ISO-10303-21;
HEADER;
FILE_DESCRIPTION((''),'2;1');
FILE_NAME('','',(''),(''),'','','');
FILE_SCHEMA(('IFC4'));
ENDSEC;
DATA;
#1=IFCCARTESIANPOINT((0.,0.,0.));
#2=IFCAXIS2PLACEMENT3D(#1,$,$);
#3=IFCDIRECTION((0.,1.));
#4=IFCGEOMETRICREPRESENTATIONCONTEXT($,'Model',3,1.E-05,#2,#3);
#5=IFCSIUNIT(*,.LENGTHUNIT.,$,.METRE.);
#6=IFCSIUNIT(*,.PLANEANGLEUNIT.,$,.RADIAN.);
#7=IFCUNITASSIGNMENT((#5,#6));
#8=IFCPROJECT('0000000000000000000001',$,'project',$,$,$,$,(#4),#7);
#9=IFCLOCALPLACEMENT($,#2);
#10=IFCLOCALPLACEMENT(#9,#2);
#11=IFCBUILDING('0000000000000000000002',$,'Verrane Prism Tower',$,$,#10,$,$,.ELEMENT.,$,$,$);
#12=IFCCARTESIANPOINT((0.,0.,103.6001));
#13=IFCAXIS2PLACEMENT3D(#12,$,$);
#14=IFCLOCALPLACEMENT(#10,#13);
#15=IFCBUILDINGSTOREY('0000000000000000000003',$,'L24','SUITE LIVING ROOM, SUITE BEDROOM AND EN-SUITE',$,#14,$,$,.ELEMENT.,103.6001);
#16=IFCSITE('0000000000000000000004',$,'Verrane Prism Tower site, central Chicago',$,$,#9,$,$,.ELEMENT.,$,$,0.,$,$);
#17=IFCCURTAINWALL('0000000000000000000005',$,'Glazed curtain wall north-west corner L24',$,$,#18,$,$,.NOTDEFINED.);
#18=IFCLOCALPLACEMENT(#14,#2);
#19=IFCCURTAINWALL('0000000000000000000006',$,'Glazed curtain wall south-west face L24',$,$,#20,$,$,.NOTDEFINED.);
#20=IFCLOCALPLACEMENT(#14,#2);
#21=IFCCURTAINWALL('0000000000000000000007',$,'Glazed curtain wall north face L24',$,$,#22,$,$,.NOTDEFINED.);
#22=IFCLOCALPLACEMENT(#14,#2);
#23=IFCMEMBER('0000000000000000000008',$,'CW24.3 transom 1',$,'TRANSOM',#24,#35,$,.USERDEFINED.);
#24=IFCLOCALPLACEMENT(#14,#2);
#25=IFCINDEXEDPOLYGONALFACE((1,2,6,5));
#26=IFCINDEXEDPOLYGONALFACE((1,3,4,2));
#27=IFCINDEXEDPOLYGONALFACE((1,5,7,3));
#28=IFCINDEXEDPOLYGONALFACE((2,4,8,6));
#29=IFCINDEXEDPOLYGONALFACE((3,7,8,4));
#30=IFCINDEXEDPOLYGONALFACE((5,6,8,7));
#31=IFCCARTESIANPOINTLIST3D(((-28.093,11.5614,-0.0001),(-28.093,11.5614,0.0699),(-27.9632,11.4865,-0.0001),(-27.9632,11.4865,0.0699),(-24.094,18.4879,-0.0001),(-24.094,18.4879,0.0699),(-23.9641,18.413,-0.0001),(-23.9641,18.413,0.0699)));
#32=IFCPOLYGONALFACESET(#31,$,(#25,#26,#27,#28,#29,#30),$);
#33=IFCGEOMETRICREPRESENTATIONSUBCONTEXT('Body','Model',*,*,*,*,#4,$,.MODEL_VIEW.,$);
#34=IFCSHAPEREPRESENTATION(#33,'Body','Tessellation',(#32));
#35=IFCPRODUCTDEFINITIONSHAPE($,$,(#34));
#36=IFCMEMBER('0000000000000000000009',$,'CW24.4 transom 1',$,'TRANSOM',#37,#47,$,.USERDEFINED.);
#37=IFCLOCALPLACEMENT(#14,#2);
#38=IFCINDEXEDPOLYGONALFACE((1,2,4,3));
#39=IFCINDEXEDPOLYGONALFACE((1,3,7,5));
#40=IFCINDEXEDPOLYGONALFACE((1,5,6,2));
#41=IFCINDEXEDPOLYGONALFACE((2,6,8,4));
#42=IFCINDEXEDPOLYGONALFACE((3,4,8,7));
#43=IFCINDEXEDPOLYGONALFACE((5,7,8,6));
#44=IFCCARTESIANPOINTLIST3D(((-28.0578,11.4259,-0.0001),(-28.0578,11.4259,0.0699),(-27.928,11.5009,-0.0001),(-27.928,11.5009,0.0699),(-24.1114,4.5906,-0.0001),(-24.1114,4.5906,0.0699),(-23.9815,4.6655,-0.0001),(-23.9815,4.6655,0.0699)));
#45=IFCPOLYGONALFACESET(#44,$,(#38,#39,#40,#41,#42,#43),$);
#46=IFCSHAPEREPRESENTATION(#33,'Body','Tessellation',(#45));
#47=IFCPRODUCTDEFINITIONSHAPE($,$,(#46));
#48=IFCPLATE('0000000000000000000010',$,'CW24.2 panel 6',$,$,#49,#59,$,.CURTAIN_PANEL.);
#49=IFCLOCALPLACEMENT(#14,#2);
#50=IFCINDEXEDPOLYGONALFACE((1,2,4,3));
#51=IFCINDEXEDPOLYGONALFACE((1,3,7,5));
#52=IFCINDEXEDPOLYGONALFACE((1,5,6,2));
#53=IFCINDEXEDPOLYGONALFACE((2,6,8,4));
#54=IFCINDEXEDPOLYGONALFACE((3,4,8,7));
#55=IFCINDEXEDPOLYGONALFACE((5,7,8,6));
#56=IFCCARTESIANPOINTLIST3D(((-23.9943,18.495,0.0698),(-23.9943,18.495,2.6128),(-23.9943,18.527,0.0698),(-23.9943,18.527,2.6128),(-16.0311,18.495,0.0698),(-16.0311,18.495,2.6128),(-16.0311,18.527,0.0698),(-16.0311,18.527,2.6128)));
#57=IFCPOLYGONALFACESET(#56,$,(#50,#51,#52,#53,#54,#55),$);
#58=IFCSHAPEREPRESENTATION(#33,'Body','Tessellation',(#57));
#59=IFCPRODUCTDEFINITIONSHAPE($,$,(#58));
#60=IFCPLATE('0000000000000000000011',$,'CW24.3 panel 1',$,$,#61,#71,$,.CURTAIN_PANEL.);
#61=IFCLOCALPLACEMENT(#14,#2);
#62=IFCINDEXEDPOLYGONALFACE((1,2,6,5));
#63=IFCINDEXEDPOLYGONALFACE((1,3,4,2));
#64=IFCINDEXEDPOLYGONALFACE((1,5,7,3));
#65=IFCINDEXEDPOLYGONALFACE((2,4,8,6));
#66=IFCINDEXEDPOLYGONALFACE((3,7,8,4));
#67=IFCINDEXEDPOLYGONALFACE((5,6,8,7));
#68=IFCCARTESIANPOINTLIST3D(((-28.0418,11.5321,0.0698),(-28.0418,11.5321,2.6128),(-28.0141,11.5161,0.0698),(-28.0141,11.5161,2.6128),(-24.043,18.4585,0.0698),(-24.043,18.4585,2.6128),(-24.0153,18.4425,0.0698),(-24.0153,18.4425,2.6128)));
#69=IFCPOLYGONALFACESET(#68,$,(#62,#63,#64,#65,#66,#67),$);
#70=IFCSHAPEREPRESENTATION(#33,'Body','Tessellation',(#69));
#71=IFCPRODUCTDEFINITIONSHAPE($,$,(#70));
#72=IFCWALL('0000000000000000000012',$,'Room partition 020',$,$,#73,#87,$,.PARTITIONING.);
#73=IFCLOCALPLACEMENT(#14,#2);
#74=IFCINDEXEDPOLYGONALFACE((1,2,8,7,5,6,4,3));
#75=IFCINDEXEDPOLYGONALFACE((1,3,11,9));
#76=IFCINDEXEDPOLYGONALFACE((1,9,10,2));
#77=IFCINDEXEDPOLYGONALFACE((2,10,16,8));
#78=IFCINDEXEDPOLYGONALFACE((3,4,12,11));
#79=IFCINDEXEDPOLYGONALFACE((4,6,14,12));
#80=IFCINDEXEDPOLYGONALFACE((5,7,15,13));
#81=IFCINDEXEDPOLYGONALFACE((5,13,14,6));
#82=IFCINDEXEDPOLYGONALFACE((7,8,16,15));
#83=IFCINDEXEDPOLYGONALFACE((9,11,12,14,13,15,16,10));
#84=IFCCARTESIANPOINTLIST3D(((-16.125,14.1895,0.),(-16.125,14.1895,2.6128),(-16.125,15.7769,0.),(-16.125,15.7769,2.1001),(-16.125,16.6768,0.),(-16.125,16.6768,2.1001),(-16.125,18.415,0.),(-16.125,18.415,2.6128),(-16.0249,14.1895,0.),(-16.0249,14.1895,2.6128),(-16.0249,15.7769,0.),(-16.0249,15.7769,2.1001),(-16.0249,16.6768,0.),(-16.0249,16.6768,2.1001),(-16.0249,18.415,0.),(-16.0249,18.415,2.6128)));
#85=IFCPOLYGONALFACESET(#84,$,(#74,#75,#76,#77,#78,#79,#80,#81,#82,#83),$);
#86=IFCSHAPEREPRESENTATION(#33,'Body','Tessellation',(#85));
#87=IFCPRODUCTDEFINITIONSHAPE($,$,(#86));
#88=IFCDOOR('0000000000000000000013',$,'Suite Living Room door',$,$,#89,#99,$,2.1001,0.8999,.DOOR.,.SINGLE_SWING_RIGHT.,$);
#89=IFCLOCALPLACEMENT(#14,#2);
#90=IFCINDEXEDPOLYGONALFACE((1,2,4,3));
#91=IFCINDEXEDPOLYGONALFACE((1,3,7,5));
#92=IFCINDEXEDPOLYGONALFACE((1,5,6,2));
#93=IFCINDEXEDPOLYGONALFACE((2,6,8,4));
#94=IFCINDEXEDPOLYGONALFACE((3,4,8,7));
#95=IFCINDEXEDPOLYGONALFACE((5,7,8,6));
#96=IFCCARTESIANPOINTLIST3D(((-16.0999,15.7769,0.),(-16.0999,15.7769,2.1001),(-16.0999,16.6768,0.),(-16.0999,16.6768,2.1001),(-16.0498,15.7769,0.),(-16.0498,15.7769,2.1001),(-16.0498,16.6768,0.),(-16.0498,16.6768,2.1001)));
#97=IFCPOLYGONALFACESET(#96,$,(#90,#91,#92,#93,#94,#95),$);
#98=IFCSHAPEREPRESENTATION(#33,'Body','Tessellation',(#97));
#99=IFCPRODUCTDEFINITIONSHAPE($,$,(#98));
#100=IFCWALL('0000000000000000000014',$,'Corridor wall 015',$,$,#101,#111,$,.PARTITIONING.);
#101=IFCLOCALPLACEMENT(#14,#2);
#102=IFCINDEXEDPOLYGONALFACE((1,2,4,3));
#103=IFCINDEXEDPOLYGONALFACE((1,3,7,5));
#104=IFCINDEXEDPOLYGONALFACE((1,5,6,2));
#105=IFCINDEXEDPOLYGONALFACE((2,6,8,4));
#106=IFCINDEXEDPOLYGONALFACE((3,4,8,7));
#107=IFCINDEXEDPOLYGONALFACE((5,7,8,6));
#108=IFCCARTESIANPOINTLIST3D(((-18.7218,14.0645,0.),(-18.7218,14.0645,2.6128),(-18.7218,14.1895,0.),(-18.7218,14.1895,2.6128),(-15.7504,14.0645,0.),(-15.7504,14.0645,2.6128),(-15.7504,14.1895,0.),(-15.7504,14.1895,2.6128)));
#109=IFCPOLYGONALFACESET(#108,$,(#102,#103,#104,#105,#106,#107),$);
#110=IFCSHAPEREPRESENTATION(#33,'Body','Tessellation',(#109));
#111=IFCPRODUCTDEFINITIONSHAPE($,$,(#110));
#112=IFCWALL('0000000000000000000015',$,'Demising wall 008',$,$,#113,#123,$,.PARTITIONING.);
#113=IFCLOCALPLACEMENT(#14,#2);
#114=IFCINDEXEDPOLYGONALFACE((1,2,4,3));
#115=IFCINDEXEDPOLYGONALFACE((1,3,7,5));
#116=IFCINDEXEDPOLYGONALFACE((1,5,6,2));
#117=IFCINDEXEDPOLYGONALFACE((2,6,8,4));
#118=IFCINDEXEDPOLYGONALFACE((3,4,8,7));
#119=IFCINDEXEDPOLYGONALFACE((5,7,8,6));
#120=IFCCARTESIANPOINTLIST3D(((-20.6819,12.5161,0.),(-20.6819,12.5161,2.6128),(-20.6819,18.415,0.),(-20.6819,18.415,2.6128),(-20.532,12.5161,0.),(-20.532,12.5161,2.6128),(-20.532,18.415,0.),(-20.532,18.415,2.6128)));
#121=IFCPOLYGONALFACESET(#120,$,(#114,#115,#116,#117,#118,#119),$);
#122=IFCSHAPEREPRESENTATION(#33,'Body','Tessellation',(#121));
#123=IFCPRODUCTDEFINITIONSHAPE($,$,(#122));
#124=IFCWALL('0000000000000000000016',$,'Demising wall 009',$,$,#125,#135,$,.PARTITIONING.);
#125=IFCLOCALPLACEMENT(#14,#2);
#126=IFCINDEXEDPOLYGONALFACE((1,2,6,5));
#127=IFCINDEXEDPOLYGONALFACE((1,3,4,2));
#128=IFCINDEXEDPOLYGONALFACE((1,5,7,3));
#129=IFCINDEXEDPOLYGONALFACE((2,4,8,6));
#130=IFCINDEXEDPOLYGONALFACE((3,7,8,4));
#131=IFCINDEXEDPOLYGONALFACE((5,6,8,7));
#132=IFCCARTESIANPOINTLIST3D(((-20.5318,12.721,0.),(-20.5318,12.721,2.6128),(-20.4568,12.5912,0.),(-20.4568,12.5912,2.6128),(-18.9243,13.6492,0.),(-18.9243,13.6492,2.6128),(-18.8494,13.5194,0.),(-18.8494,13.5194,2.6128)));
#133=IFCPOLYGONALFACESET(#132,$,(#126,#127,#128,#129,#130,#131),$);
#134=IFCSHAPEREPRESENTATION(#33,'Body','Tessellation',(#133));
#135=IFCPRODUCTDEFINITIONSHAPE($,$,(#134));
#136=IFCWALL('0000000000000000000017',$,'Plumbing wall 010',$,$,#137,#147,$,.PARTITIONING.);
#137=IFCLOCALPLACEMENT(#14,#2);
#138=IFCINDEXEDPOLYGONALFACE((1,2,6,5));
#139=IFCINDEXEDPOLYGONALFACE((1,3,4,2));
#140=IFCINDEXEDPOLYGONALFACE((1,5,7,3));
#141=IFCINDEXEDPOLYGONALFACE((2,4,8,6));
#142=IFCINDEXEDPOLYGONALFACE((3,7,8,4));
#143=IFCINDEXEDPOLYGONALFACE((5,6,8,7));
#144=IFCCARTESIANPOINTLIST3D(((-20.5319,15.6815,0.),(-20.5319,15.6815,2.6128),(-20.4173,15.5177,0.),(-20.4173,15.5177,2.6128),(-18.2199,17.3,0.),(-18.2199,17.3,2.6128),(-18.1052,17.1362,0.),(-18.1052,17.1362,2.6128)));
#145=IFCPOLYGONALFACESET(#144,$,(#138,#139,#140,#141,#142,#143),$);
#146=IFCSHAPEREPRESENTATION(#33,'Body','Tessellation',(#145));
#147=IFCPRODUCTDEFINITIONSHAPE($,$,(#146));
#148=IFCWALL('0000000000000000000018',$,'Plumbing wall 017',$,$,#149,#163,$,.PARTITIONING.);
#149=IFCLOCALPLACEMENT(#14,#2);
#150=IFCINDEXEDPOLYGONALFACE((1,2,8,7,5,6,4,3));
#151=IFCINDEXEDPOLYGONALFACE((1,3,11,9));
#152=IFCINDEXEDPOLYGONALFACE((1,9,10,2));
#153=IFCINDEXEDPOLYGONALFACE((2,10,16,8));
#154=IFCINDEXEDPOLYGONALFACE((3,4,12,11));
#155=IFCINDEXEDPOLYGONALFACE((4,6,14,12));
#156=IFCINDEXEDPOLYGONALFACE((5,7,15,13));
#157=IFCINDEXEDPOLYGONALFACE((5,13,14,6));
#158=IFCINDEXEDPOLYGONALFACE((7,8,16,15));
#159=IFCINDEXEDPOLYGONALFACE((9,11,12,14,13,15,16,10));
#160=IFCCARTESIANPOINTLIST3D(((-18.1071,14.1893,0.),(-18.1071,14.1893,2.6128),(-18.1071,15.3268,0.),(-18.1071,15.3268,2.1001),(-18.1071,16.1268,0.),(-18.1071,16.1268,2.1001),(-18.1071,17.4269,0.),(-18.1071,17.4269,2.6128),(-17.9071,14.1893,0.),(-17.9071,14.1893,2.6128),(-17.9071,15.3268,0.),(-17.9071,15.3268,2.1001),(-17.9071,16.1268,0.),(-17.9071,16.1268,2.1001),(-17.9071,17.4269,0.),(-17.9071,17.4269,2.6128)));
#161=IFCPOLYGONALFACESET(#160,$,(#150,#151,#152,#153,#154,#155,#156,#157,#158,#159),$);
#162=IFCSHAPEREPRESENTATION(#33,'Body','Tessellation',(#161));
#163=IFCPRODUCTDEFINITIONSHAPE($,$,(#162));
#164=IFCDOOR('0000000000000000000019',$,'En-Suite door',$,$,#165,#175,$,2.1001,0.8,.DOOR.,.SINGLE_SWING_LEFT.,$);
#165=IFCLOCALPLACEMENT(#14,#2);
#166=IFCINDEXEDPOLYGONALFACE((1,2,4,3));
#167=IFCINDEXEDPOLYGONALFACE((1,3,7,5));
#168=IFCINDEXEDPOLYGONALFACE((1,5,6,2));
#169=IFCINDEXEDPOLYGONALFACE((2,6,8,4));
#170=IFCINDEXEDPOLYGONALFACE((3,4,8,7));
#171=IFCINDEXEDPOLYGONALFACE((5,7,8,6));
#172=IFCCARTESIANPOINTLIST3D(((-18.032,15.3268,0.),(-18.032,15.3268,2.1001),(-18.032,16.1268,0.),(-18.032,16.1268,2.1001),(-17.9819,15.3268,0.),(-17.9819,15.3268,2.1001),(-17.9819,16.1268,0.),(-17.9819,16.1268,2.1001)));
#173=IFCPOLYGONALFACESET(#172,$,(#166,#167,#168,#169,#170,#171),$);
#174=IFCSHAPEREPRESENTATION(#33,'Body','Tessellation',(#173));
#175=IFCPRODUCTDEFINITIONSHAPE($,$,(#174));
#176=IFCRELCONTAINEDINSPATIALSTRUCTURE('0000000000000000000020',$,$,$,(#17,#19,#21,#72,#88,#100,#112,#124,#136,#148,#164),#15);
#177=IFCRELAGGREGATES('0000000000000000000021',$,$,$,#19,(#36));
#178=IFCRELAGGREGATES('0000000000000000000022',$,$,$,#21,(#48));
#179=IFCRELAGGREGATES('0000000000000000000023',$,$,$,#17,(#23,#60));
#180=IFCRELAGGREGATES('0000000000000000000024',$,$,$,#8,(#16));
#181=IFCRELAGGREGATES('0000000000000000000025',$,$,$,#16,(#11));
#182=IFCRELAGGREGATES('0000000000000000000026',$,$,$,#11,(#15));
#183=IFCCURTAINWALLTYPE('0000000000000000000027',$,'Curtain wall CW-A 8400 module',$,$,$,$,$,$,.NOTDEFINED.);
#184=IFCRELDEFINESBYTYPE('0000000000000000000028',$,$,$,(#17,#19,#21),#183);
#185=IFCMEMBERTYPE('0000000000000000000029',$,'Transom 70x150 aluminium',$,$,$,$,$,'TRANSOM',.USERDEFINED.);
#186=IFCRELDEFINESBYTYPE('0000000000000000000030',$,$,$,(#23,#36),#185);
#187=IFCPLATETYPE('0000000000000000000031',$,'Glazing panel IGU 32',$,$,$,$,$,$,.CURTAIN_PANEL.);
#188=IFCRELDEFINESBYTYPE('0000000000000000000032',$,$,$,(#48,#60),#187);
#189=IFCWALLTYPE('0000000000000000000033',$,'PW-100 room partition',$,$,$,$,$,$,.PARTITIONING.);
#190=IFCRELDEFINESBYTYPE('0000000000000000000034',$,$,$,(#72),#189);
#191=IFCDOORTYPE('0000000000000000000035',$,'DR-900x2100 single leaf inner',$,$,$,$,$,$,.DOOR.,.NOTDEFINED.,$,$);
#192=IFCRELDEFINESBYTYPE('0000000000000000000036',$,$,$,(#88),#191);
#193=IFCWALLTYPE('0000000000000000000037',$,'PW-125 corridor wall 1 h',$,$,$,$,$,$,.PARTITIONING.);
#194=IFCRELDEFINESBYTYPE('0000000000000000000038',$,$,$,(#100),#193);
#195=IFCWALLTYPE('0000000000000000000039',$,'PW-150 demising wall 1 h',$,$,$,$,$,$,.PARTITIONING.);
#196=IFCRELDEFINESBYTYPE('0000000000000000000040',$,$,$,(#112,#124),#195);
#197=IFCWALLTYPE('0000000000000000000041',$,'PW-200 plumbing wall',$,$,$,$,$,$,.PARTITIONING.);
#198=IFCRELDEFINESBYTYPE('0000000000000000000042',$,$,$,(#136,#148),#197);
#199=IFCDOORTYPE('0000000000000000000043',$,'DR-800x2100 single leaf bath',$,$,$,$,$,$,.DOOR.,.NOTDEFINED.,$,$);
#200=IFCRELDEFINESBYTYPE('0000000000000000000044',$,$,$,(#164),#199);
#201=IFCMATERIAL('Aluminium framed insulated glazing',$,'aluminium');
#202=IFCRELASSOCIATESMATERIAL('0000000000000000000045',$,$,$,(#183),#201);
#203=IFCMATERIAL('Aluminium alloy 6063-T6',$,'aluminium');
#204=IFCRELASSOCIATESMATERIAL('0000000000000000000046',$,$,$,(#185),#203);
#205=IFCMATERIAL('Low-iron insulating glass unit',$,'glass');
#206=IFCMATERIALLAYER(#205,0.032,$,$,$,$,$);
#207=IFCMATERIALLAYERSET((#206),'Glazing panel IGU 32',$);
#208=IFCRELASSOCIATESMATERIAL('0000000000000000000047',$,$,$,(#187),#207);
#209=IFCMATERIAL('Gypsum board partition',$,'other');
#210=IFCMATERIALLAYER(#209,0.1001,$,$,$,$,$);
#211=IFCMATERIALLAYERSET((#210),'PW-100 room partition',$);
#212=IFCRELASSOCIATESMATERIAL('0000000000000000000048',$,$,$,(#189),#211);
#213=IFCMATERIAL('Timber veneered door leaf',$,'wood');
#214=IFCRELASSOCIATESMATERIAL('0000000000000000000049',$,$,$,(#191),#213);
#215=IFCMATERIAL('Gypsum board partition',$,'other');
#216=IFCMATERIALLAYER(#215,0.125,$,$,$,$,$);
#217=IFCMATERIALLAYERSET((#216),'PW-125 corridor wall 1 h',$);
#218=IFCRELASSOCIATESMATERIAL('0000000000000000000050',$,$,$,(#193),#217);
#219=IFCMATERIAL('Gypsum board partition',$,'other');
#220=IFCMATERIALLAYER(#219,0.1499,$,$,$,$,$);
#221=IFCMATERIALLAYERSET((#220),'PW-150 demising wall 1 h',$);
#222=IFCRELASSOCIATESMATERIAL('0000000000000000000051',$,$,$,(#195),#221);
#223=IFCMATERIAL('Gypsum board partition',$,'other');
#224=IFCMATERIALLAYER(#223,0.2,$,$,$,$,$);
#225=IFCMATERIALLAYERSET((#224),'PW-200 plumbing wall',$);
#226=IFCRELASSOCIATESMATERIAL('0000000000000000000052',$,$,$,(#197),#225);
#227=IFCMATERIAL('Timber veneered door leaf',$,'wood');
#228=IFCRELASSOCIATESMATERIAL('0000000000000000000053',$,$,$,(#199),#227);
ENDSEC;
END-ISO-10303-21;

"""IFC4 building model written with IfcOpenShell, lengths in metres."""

from ifc_helpers import new_model, si_unit, direction, frame, frame_2d, origin, origin_2d, place, context, subcontext, project, spatial, rectangle, extrude, material, layer, layer_set, material_profile, profile_set, type_object, element, fill, aggregate, save


model = new_model("IFC4")

# Units and contexts
model_context = context("Model", 3, precision=1e-05, world=origin(), true_north=direction((0.0, 1.0)))
body_context = subcontext(model_context, "Body", "Model", "MODEL_VIEW")
ifc_project = project(units=[si_unit("LENGTHUNIT", "METRE"), si_unit("PLANEANGLEUNIT", "RADIAN")], contexts=[model_context])

# Site, building, storey
site_placement = place(None, origin())
site = spatial("IfcSite", under=ifc_project, at=site_placement, Name="Verrane Prism Tower site, central Chicago", CompositionType="ELEMENT", RefElevation=0.0)
building_placement = place(site_placement, origin())
building = spatial("IfcBuilding", under=site, at=building_placement, Name="Verrane Prism Tower", CompositionType="ELEMENT")
storey_placement = place(building_placement, frame((0.0, 0.0, 103.6001)))
storey = spatial("IfcBuildingStorey", under=building, at=storey_placement, Name="L24", Description="SUITE LIVING ROOM, SUITE BEDROOM AND EN-SUITE", CompositionType="ELEMENT", Elevation=103.6001)

# Curtain walls
ifc_material_1 = material(Name="Aluminium framed insulated glazing", Category="aluminium")
curtain_wall_type = type_object("IfcCurtainWallType", Name="Curtain wall CW-A 8400 module", PredefinedType="NOTDEFINED", material=ifc_material_1)
curtain_wall_1_placement = place(storey_placement, origin())
curtain_wall_1 = element("IfcCurtainWall", 1, at=curtain_wall_1_placement, inside=storey, type_object=curtain_wall_type, Name="Glazed curtain wall north-west corner L24", PredefinedType="NOTDEFINED")
curtain_wall_2_placement = place(storey_placement, origin())
curtain_wall_2 = element("IfcCurtainWall", 2, at=curtain_wall_2_placement, inside=storey, type_object=curtain_wall_type, Name="Glazed curtain wall south-west face L24", PredefinedType="NOTDEFINED")

# Curtain wall
curtain_wall_3_placement = place(storey_placement, origin())
curtain_wall_3 = element("IfcCurtainWall", 3, at=curtain_wall_3_placement, inside=storey, type_object=curtain_wall_type, Name="Glazed curtain wall north face L24", PredefinedType="NOTDEFINED")
ifc_material_2 = material(Name="Aluminium alloy 6063-T6", Category="aluminium")
ifc_material_profile_1 = material_profile(ifc_material_2, rectangle(XDim=0.1499, YDim=0.0701, at=origin_2d()), Name="Transom 70x150 aluminium")
ifc_profile_set_1 = profile_set([ifc_material_profile_1], Name="Aluminium alloy 6063-T6")
member_type_1 = type_object("IfcMemberType", Name="Transom 70x150 aluminium", ElementType="TRANSOM", PredefinedType="USERDEFINED", material=ifc_profile_set_1)

# Members
member_1_placement = place(storey_placement, frame((-24.0291, 18.4504, 0.0349), z_axis=(-0.5, -0.866025, 0.0), x_axis=(0.866025, -0.5, 0.0)))
member_1 = element("IfcMember", 4, at=member_1_placement, type_object=member_type_1, Name="CW24.3 transom 1", ObjectType="TRANSOM", PredefinedType="USERDEFINED", context=body_context, shape_type="SweptSolid", body=[
    extrude(rectangle(XDim=0.1499, YDim=0.0701, at=origin_2d()), origin(), (0.0, 0.0, 1.0), 7.998),
])
member_2_placement = place(storey_placement, frame((-27.9929, 11.4634, 0.0349), z_axis=(0.500008, -0.866021, 0.0), x_axis=(0.866021, 0.500008, 0.0)))
member_2 = element("IfcMember", 5, at=member_2_placement, type_object=member_type_1, Name="CW24.4 transom 1", ObjectType="TRANSOM", PredefinedType="USERDEFINED", context=body_context, shape_type="SweptSolid", body=[
    extrude(rectangle(XDim=0.1499, YDim=0.0701, at=origin_2d()), origin(), (0.0, 0.0, 1.0), 7.8928),
])
aggregate(curtain_wall_2, [member_2])

# Plates
ifc_material_3 = material(Name="Low-iron insulating glass unit", Category="glass")
ifc_layer_1 = layer(ifc_material_3, 0.032)
ifc_layer_set_1 = layer_set([ifc_layer_1], Name="Glazing panel IGU 32")
plate_type = type_object("IfcPlateType", Name="Glazing panel IGU 32", PredefinedType="CURTAIN_PANEL", material=ifc_layer_set_1)
plate_1_placement = place(storey_placement, frame((-20.0127, 18.511, 0.0698), z_axis=(0.0, 0.0, 1.0), x_axis=(-1.0, 0.0, 0.0)))
plate_1 = element("IfcPlate", 6, at=plate_1_placement, type_object=plate_type, Name="CW24.2 panel 6", PredefinedType="CURTAIN_PANEL", context=body_context, shape_type="SweptSolid", body=[
    extrude(rectangle(XDim=7.9631, YDim=0.032, at=origin_2d()), origin(), (0.0, 0.0, 1.0), 2.543),
])
aggregate(curtain_wall_3, [plate_1])
plate_2_placement = place(storey_placement, frame((-26.0286, 14.9873, 0.0698), z_axis=(0.0, 0.0, 1.0), x_axis=(-0.499996, -0.866028, 0.0)))
plate_2 = element("IfcPlate", 7, at=plate_2_placement, type_object=plate_type, Name="CW24.3 panel 1", PredefinedType="CURTAIN_PANEL", context=body_context, shape_type="SweptSolid", body=[
    extrude(rectangle(XDim=7.9978, YDim=0.032, at=origin_2d()), origin(), (0.0, 0.0, 1.0), 2.543),
])
aggregate(curtain_wall_1, [member_1, plate_2])

# Wall, opening, door
ifc_material_4 = material(Name="Gypsum board partition", Category="other")
ifc_layer_2 = layer(ifc_material_4, 0.1001)
ifc_layer_set_2 = layer_set([ifc_layer_2], Name="PW-100 room partition")
wall_type_1 = type_object("IfcWallType", Name="PW-100 room partition", PredefinedType="PARTITIONING", material=ifc_layer_set_2)
wall_1_placement = place(storey_placement, frame((-16.075, 14.1895, 0.0), z_axis=(0.0, 0.0, 1.0), x_axis=(0.0, 1.0, 0.0)))
wall_1 = element("IfcWall", 8, at=wall_1_placement, inside=storey, type_object=wall_type_1, Name="Room partition 020", PredefinedType="PARTITIONING", context=body_context, shape_type="SweptSolid", body=[
    extrude(rectangle(XDim=4.2256, YDim=0.1001, at=frame_2d((2.1128, 0.0))), origin(), (0.0, 0.0, 1.0), 2.6128),
])
opening_1_placement = place(wall_1_placement, frame((1.5874, 0.0, 0.0)))
opening_1 = element("IfcOpeningElement", 9, at=opening_1_placement, cuts=wall_1, PredefinedType="OPENING", context=body_context, shape_type="SweptSolid", body=[
    extrude(rectangle(XDim=0.8999, YDim=2.1001, at=frame_2d((0.45, 1.05))), frame((0.0, 0.0601, 0.0), z_axis=(0.0, -1.0, 0.0), x_axis=(1.0, 0.0, 0.0)), (0.0, 0.0, 1.0), 0.1201),
])
ifc_material_5 = material(Name="Timber veneered door leaf", Category="wood")
door_type_1 = type_object("IfcDoorType", Name="DR-900x2100 single leaf inner", OperationType="NOTDEFINED", PredefinedType="DOOR", material=ifc_material_5)
door_1_placement = place(opening_1_placement, origin())
door_1 = element("IfcDoor", 10, at=door_1_placement, inside=storey, type_object=door_type_1, Name="Suite Living Room door", OperationType="SINGLE_SWING_RIGHT", OverallHeight=2.1001, OverallWidth=0.8999, PredefinedType="DOOR", context=body_context, shape_type="SweptSolid", body=[
    extrude(rectangle(XDim=0.8999, YDim=2.1001, at=frame_2d((0.45, 1.05))), frame((0.0, 0.0249, 0.0), z_axis=(0.0, -1.0, 0.0), x_axis=(1.0, 0.0, 0.0)), (0.0, 0.0, 1.0), 0.05),
])
fill(opening_1, door_1)

# Walls
ifc_material_6 = material(Name="Gypsum board partition", Category="other")
ifc_layer_3 = layer(ifc_material_6, 0.125)
ifc_layer_set_3 = layer_set([ifc_layer_3], Name="PW-125 corridor wall 1 h")
wall_type_2 = type_object("IfcWallType", Name="PW-125 corridor wall 1 h", PredefinedType="PARTITIONING", material=ifc_layer_set_3)
wall_2_placement = place(storey_placement, frame((-18.7219, 14.127, 0.0), z_axis=(0.0, 0.0, 1.0), x_axis=(1.0, 0.0, 0.0)))
element("IfcWall", 11, at=wall_2_placement, inside=storey, type_object=wall_type_2, Name="Corridor wall 015", PredefinedType="PARTITIONING", context=body_context, shape_type="SweptSolid", body=[
    extrude(rectangle(XDim=2.9714, YDim=0.125, at=frame_2d((1.4858, 0.0))), origin(), (0.0, 0.0, 1.0), 2.6128),
])
ifc_material_7 = material(Name="Gypsum board partition", Category="other")
ifc_layer_4 = layer(ifc_material_7, 0.1499)
ifc_layer_set_4 = layer_set([ifc_layer_4], Name="PW-150 demising wall 1 h")
wall_type_3 = type_object("IfcWallType", Name="PW-150 demising wall 1 h", PredefinedType="PARTITIONING", material=ifc_layer_set_4)
wall_3_placement = place(storey_placement, frame((-20.6069, 12.5161, 0.0), z_axis=(0.0, 0.0, 1.0), x_axis=(0.0, 1.0, 0.0)))
element("IfcWall", 12, at=wall_3_placement, inside=storey, type_object=wall_type_3, Name="Demising wall 008", PredefinedType="PARTITIONING", context=body_context, shape_type="SweptSolid", body=[
    extrude(rectangle(XDim=5.8989, YDim=0.1499, at=frame_2d((2.9495, 0.0))), origin(), (0.0, 0.0, 1.0), 2.6128),
])
wall_4_placement = place(storey_placement, frame((-20.4944, 12.656, 0.0), z_axis=(0.0, 0.0, 1.0), x_axis=(0.865984, 0.500072, 0.0)))
element("IfcWall", 13, at=wall_4_placement, inside=storey, type_object=wall_type_3, Name="Demising wall 009", PredefinedType="PARTITIONING", context=body_context, shape_type="SweptSolid", body=[
    extrude(rectangle(XDim=1.8562, YDim=0.1499, at=frame_2d((0.9282, 0.0))), origin(), (0.0, 0.0, 1.0), 2.6128),
])
ifc_material_8 = material(Name="Gypsum board partition", Category="other")
ifc_layer_5 = layer(ifc_material_8, 0.2)
ifc_layer_set_5 = layer_set([ifc_layer_5], Name="PW-200 plumbing wall")
wall_type_4 = type_object("IfcWallType", Name="PW-200 plumbing wall", PredefinedType="PARTITIONING", material=ifc_layer_set_5)
wall_5_placement = place(storey_placement, frame((-20.4746, 15.5996, 0.0), z_axis=(0.0, 0.0, 1.0), x_axis=(0.819232, 0.573462, 0.0)))
element("IfcWall", 14, at=wall_5_placement, inside=storey, type_object=wall_type_4, Name="Plumbing wall 010", PredefinedType="PARTITIONING", context=body_context, shape_type="SweptSolid", body=[
    extrude(rectangle(XDim=2.8223, YDim=0.2, at=frame_2d((1.4111, 0.0))), origin(), (0.0, 0.0, 1.0), 2.6128),
])

# Wall, opening, door
wall_6_placement = place(storey_placement, frame((-18.0071, 14.1895, 0.0), z_axis=(0.0, 0.0, 1.0), x_axis=(0.0, 1.0, 0.0)))
wall_6 = element("IfcWall", 15, at=wall_6_placement, inside=storey, type_object=wall_type_4, Name="Plumbing wall 017", PredefinedType="PARTITIONING", context=body_context, shape_type="SweptSolid", body=[
    extrude(rectangle(XDim=3.2375, YDim=0.2, at=frame_2d((1.6187, 0.0))), origin(), (0.0, 0.0, 1.0), 2.6128),
])
opening_2_placement = place(wall_6_placement, frame((1.1375, 0.0, 0.0)))
opening_2 = element("IfcOpeningElement", 16, at=opening_2_placement, cuts=wall_6, PredefinedType="OPENING", context=body_context, shape_type="SweptSolid", body=[
    extrude(rectangle(XDim=0.8, YDim=2.1001, at=frame_2d((0.3999, 1.05))), frame((0.0, 0.1099, 0.0), z_axis=(0.0, -1.0, 0.0), x_axis=(1.0, 0.0, 0.0)), (0.0, 0.0, 1.0), 0.22),
])
ifc_material_9 = material(Name="Timber veneered door leaf", Category="wood")
door_type_2 = type_object("IfcDoorType", Name="DR-800x2100 single leaf bath", OperationType="NOTDEFINED", PredefinedType="DOOR", material=ifc_material_9)
door_2_placement = place(opening_2_placement, origin())
door_2 = element("IfcDoor", 17, at=door_2_placement, inside=storey, type_object=door_type_2, Name="En-Suite door", OperationType="SINGLE_SWING_LEFT", OverallHeight=2.1001, OverallWidth=0.8, PredefinedType="DOOR", context=body_context, shape_type="SweptSolid", body=[
    extrude(rectangle(XDim=0.8, YDim=2.1001, at=frame_2d((0.3999, 1.05))), frame((0.0, 0.0249, 0.0), z_axis=(0.0, -1.0, 0.0), x_axis=(1.0, 0.0, 0.0)), (0.0, 0.0, 1.0), 0.05),
])
fill(opening_2, door_2)

save(model, "model.ifc")
